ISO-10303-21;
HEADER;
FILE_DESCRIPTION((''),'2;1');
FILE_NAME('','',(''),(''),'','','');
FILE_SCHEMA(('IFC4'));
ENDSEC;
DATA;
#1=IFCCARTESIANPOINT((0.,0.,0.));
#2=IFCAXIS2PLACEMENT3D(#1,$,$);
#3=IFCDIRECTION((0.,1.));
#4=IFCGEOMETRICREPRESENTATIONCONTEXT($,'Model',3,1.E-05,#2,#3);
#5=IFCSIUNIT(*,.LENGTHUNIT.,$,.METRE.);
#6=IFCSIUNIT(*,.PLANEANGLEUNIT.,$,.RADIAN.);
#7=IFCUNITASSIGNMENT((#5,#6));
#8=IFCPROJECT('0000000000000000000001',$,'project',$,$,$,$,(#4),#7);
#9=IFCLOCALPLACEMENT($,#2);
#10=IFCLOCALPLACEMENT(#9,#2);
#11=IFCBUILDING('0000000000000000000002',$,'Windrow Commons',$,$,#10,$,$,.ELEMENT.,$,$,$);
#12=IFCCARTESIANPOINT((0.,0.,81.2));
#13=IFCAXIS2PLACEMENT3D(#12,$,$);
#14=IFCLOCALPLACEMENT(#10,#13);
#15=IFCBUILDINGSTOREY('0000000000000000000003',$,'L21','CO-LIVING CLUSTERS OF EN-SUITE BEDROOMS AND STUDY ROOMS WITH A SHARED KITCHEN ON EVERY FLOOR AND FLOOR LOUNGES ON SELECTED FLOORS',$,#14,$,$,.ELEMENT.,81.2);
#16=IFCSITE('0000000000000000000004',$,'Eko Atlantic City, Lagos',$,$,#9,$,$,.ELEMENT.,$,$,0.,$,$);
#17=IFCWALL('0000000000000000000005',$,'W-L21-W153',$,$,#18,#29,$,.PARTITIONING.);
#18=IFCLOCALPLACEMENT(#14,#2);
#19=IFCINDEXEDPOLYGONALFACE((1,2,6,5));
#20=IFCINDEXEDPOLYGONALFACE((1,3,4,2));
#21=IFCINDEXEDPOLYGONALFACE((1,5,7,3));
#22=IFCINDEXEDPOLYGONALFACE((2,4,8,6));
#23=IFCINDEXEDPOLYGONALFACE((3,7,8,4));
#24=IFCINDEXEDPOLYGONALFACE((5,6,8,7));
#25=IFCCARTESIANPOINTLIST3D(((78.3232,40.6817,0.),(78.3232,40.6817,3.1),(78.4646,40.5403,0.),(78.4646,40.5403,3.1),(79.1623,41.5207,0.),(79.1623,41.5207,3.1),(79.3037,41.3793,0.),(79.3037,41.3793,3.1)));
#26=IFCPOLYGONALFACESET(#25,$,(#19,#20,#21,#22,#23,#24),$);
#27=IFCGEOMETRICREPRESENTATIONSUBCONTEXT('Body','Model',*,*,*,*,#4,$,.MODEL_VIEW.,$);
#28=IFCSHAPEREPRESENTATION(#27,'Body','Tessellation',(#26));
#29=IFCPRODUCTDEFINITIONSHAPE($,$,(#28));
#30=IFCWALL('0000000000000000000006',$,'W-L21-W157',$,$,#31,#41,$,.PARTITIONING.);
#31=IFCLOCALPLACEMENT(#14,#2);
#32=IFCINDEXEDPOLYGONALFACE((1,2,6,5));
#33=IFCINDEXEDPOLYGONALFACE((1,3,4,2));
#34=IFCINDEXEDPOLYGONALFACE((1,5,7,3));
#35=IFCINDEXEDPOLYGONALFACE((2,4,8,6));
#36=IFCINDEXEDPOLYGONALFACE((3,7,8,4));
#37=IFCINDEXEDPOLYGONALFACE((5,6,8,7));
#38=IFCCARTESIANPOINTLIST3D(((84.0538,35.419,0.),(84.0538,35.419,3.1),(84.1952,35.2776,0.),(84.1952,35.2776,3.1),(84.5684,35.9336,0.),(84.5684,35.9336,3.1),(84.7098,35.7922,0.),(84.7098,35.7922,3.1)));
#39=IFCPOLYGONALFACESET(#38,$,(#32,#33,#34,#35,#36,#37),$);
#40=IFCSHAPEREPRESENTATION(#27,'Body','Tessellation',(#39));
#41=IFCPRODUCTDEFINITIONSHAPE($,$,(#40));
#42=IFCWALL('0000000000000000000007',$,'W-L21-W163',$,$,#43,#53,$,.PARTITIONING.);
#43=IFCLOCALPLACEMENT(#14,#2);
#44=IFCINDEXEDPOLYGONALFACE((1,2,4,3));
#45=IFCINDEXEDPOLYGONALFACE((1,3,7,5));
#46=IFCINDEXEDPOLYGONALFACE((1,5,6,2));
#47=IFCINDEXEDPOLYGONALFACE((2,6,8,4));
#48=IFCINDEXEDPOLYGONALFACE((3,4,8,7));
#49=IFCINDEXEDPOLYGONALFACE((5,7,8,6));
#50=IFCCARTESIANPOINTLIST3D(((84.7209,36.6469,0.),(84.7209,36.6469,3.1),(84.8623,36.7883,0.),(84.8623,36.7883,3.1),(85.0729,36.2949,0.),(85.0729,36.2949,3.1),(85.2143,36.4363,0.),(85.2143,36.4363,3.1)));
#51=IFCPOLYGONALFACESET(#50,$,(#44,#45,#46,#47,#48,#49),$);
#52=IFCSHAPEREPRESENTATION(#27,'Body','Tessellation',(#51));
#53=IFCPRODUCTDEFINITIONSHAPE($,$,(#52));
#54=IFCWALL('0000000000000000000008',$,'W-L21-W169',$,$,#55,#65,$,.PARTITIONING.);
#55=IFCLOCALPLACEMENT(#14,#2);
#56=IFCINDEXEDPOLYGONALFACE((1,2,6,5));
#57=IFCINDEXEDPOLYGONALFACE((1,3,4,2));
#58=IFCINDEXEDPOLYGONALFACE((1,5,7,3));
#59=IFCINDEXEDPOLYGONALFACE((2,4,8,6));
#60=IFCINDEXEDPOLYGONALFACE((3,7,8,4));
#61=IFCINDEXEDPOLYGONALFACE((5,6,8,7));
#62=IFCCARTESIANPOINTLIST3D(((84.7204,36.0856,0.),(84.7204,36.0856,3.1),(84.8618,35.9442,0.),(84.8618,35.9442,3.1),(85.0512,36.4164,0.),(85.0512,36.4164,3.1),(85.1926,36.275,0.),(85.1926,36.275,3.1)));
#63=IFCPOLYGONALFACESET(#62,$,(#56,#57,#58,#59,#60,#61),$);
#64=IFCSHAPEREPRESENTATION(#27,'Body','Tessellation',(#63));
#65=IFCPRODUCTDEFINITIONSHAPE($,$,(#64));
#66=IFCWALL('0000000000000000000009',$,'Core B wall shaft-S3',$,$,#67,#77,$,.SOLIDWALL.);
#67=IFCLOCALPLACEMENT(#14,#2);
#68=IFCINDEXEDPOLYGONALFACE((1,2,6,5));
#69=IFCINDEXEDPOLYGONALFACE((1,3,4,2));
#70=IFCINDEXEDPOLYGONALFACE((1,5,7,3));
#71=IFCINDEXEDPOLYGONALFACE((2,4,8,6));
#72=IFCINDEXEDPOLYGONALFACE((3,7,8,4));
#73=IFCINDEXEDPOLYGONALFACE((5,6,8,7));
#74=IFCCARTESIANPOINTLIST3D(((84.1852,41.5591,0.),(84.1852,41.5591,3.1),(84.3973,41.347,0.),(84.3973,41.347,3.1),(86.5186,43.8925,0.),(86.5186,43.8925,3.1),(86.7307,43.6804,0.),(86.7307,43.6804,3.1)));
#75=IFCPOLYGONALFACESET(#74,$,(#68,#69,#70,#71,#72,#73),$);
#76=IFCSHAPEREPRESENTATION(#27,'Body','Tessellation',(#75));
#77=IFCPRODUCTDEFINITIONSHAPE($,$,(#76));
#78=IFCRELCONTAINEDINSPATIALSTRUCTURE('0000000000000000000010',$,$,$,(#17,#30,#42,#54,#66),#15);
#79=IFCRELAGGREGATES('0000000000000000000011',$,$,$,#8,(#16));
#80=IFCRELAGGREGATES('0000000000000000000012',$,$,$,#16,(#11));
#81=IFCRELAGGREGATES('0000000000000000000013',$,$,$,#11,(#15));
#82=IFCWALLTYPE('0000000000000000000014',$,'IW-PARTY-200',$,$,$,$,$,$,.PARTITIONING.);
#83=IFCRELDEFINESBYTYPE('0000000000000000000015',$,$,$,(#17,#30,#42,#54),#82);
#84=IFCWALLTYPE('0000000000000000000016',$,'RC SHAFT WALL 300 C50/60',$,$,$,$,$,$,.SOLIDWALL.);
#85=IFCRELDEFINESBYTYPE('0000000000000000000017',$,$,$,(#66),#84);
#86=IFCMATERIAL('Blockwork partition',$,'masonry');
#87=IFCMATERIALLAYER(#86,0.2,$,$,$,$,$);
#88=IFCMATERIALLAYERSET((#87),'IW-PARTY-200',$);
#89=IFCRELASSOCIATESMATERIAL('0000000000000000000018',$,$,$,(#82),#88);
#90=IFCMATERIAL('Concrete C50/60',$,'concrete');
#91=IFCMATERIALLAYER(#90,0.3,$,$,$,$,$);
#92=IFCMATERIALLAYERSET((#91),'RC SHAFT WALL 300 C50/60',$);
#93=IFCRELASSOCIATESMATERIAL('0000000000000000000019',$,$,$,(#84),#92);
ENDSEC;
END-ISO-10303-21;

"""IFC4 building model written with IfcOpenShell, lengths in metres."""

from ifc_helpers import new_model, si_unit, direction, frame, frame_2d, origin, place, context, subcontext, project, spatial, rectangle, extrude, material, layer, layer_set, type_object, element, save


model = new_model("IFC4")

# Units and contexts
model_context = context("Model", 3, precision=1e-05, world=origin(), true_north=direction((0.0, 1.0)))
body_context = subcontext(model_context, "Body", "Model", "MODEL_VIEW")
ifc_project = project(units=[si_unit("LENGTHUNIT", "METRE"), si_unit("PLANEANGLEUNIT", "RADIAN")], contexts=[model_context])

# Site, building, storey
site_placement = place(None, origin())
site = spatial("IfcSite", under=ifc_project, at=site_placement, Name="Eko Atlantic City, Lagos", CompositionType="ELEMENT", RefElevation=0.0)
building_placement = place(site_placement, origin())
building = spatial("IfcBuilding", under=site, at=building_placement, Name="Windrow Commons", CompositionType="ELEMENT")
storey_placement = place(building_placement, frame((0.0, 0.0, 81.2)))
storey = spatial("IfcBuildingStorey", under=building, at=storey_placement, Name="L21", Description="CO-LIVING CLUSTERS OF EN-SUITE BEDROOMS AND STUDY ROOMS WITH A SHARED KITCHEN ON EVERY FLOOR AND FLOOR LOUNGES ON SELECTED FLOORS", CompositionType="ELEMENT", Elevation=81.2)

# Walls
ifc_material_1 = material(Name="Blockwork partition", Category="masonry")
ifc_layer_1 = layer(ifc_material_1, 0.2)
ifc_layer_set_1 = layer_set([ifc_layer_1], Name="IW-PARTY-200")
wall_type_1 = type_object("IfcWallType", Name="IW-PARTY-200", PredefinedType="PARTITIONING", material=ifc_layer_set_1)
wall_1_placement = place(storey_placement, frame((78.3939, 40.611, 0.0), z_axis=(0.0, 0.0, 1.0), x_axis=(0.707149, 0.707065, 0.0)))
element("IfcWall", 1, at=wall_1_placement, inside=storey, type_object=wall_type_1, Name="W-L21-W153", PredefinedType="PARTITIONING", context=body_context, shape_type="SweptSolid", body=[
    extrude(rectangle(XDim=1.1866, YDim=0.2, at=frame_2d((0.5933, 0.0))), origin(), (0.0, 0.0, 1.0), 3.1),
])
wall_2_placement = place(storey_placement, frame((84.1245, 35.3483, 0.0), z_axis=(0.0, 0.0, 1.0), x_axis=(0.707107, 0.707107, 0.0)))
element("IfcWall", 2, at=wall_2_placement, inside=storey, type_object=wall_type_1, Name="W-L21-W157", PredefinedType="PARTITIONING", context=body_context, shape_type="SweptSolid", body=[
    extrude(rectangle(XDim=0.7278, YDim=0.2, at=frame_2d((0.3639, 0.0))), origin(), (0.0, 0.0, 1.0), 3.1),
])
wall_3_placement = place(storey_placement, frame((84.7916, 36.7176, 0.0), z_axis=(0.0, 0.0, 1.0), x_axis=(0.707107, -0.707107, 0.0)))
element("IfcWall", 3, at=wall_3_placement, inside=storey, type_object=wall_type_1, Name="W-L21-W163", PredefinedType="PARTITIONING", context=body_context, shape_type="SweptSolid", body=[
    extrude(rectangle(XDim=0.4978, YDim=0.2, at=frame_2d((0.2489, 0.0))), origin(), (0.0, 0.0, 1.0), 3.1),
])
wall_4_placement = place(storey_placement, frame((84.7911, 36.0149, 0.0), z_axis=(0.0, 0.0, 1.0), x_axis=(0.707107, 0.707107, 0.0)))
element("IfcWall", 4, at=wall_4_placement, inside=storey, type_object=wall_type_1, Name="W-L21-W169", PredefinedType="PARTITIONING", context=body_context, shape_type="SweptSolid", body=[
    extrude(rectangle(XDim=0.4678, YDim=0.2, at=frame_2d((0.2339, 0.0))), origin(), (0.0, 0.0, 1.0), 3.1),
])
ifc_material_2 = material(Name="Concrete C50/60", Category="concrete")
ifc_layer_2 = layer(ifc_material_2, 0.3)
ifc_layer_set_2 = layer_set([ifc_layer_2], Name="RC SHAFT WALL 300 C50/60")
wall_type_2 = type_object("IfcWallType", Name="RC SHAFT WALL 300 C50/60", PredefinedType="SOLIDWALL", material=ifc_layer_set_2)
wall_5_placement = place(storey_placement, frame((84.2912, 41.453, 0.0), z_axis=(0.0, 0.0, 1.0), x_axis=(0.707107, 0.707107, 0.0)))
element("IfcWall", 5, at=wall_5_placement, inside=storey, type_object=wall_type_2, Name="Core B wall shaft-S3", PredefinedType="SOLIDWALL", context=body_context, shape_type="SweptSolid", body=[
    extrude(rectangle(XDim=3.2999, YDim=0.3, at=frame_2d((1.65, 0.0))), origin(), (0.0, 0.0, 1.0), 3.1),
])

save(model, "model.ifc")
